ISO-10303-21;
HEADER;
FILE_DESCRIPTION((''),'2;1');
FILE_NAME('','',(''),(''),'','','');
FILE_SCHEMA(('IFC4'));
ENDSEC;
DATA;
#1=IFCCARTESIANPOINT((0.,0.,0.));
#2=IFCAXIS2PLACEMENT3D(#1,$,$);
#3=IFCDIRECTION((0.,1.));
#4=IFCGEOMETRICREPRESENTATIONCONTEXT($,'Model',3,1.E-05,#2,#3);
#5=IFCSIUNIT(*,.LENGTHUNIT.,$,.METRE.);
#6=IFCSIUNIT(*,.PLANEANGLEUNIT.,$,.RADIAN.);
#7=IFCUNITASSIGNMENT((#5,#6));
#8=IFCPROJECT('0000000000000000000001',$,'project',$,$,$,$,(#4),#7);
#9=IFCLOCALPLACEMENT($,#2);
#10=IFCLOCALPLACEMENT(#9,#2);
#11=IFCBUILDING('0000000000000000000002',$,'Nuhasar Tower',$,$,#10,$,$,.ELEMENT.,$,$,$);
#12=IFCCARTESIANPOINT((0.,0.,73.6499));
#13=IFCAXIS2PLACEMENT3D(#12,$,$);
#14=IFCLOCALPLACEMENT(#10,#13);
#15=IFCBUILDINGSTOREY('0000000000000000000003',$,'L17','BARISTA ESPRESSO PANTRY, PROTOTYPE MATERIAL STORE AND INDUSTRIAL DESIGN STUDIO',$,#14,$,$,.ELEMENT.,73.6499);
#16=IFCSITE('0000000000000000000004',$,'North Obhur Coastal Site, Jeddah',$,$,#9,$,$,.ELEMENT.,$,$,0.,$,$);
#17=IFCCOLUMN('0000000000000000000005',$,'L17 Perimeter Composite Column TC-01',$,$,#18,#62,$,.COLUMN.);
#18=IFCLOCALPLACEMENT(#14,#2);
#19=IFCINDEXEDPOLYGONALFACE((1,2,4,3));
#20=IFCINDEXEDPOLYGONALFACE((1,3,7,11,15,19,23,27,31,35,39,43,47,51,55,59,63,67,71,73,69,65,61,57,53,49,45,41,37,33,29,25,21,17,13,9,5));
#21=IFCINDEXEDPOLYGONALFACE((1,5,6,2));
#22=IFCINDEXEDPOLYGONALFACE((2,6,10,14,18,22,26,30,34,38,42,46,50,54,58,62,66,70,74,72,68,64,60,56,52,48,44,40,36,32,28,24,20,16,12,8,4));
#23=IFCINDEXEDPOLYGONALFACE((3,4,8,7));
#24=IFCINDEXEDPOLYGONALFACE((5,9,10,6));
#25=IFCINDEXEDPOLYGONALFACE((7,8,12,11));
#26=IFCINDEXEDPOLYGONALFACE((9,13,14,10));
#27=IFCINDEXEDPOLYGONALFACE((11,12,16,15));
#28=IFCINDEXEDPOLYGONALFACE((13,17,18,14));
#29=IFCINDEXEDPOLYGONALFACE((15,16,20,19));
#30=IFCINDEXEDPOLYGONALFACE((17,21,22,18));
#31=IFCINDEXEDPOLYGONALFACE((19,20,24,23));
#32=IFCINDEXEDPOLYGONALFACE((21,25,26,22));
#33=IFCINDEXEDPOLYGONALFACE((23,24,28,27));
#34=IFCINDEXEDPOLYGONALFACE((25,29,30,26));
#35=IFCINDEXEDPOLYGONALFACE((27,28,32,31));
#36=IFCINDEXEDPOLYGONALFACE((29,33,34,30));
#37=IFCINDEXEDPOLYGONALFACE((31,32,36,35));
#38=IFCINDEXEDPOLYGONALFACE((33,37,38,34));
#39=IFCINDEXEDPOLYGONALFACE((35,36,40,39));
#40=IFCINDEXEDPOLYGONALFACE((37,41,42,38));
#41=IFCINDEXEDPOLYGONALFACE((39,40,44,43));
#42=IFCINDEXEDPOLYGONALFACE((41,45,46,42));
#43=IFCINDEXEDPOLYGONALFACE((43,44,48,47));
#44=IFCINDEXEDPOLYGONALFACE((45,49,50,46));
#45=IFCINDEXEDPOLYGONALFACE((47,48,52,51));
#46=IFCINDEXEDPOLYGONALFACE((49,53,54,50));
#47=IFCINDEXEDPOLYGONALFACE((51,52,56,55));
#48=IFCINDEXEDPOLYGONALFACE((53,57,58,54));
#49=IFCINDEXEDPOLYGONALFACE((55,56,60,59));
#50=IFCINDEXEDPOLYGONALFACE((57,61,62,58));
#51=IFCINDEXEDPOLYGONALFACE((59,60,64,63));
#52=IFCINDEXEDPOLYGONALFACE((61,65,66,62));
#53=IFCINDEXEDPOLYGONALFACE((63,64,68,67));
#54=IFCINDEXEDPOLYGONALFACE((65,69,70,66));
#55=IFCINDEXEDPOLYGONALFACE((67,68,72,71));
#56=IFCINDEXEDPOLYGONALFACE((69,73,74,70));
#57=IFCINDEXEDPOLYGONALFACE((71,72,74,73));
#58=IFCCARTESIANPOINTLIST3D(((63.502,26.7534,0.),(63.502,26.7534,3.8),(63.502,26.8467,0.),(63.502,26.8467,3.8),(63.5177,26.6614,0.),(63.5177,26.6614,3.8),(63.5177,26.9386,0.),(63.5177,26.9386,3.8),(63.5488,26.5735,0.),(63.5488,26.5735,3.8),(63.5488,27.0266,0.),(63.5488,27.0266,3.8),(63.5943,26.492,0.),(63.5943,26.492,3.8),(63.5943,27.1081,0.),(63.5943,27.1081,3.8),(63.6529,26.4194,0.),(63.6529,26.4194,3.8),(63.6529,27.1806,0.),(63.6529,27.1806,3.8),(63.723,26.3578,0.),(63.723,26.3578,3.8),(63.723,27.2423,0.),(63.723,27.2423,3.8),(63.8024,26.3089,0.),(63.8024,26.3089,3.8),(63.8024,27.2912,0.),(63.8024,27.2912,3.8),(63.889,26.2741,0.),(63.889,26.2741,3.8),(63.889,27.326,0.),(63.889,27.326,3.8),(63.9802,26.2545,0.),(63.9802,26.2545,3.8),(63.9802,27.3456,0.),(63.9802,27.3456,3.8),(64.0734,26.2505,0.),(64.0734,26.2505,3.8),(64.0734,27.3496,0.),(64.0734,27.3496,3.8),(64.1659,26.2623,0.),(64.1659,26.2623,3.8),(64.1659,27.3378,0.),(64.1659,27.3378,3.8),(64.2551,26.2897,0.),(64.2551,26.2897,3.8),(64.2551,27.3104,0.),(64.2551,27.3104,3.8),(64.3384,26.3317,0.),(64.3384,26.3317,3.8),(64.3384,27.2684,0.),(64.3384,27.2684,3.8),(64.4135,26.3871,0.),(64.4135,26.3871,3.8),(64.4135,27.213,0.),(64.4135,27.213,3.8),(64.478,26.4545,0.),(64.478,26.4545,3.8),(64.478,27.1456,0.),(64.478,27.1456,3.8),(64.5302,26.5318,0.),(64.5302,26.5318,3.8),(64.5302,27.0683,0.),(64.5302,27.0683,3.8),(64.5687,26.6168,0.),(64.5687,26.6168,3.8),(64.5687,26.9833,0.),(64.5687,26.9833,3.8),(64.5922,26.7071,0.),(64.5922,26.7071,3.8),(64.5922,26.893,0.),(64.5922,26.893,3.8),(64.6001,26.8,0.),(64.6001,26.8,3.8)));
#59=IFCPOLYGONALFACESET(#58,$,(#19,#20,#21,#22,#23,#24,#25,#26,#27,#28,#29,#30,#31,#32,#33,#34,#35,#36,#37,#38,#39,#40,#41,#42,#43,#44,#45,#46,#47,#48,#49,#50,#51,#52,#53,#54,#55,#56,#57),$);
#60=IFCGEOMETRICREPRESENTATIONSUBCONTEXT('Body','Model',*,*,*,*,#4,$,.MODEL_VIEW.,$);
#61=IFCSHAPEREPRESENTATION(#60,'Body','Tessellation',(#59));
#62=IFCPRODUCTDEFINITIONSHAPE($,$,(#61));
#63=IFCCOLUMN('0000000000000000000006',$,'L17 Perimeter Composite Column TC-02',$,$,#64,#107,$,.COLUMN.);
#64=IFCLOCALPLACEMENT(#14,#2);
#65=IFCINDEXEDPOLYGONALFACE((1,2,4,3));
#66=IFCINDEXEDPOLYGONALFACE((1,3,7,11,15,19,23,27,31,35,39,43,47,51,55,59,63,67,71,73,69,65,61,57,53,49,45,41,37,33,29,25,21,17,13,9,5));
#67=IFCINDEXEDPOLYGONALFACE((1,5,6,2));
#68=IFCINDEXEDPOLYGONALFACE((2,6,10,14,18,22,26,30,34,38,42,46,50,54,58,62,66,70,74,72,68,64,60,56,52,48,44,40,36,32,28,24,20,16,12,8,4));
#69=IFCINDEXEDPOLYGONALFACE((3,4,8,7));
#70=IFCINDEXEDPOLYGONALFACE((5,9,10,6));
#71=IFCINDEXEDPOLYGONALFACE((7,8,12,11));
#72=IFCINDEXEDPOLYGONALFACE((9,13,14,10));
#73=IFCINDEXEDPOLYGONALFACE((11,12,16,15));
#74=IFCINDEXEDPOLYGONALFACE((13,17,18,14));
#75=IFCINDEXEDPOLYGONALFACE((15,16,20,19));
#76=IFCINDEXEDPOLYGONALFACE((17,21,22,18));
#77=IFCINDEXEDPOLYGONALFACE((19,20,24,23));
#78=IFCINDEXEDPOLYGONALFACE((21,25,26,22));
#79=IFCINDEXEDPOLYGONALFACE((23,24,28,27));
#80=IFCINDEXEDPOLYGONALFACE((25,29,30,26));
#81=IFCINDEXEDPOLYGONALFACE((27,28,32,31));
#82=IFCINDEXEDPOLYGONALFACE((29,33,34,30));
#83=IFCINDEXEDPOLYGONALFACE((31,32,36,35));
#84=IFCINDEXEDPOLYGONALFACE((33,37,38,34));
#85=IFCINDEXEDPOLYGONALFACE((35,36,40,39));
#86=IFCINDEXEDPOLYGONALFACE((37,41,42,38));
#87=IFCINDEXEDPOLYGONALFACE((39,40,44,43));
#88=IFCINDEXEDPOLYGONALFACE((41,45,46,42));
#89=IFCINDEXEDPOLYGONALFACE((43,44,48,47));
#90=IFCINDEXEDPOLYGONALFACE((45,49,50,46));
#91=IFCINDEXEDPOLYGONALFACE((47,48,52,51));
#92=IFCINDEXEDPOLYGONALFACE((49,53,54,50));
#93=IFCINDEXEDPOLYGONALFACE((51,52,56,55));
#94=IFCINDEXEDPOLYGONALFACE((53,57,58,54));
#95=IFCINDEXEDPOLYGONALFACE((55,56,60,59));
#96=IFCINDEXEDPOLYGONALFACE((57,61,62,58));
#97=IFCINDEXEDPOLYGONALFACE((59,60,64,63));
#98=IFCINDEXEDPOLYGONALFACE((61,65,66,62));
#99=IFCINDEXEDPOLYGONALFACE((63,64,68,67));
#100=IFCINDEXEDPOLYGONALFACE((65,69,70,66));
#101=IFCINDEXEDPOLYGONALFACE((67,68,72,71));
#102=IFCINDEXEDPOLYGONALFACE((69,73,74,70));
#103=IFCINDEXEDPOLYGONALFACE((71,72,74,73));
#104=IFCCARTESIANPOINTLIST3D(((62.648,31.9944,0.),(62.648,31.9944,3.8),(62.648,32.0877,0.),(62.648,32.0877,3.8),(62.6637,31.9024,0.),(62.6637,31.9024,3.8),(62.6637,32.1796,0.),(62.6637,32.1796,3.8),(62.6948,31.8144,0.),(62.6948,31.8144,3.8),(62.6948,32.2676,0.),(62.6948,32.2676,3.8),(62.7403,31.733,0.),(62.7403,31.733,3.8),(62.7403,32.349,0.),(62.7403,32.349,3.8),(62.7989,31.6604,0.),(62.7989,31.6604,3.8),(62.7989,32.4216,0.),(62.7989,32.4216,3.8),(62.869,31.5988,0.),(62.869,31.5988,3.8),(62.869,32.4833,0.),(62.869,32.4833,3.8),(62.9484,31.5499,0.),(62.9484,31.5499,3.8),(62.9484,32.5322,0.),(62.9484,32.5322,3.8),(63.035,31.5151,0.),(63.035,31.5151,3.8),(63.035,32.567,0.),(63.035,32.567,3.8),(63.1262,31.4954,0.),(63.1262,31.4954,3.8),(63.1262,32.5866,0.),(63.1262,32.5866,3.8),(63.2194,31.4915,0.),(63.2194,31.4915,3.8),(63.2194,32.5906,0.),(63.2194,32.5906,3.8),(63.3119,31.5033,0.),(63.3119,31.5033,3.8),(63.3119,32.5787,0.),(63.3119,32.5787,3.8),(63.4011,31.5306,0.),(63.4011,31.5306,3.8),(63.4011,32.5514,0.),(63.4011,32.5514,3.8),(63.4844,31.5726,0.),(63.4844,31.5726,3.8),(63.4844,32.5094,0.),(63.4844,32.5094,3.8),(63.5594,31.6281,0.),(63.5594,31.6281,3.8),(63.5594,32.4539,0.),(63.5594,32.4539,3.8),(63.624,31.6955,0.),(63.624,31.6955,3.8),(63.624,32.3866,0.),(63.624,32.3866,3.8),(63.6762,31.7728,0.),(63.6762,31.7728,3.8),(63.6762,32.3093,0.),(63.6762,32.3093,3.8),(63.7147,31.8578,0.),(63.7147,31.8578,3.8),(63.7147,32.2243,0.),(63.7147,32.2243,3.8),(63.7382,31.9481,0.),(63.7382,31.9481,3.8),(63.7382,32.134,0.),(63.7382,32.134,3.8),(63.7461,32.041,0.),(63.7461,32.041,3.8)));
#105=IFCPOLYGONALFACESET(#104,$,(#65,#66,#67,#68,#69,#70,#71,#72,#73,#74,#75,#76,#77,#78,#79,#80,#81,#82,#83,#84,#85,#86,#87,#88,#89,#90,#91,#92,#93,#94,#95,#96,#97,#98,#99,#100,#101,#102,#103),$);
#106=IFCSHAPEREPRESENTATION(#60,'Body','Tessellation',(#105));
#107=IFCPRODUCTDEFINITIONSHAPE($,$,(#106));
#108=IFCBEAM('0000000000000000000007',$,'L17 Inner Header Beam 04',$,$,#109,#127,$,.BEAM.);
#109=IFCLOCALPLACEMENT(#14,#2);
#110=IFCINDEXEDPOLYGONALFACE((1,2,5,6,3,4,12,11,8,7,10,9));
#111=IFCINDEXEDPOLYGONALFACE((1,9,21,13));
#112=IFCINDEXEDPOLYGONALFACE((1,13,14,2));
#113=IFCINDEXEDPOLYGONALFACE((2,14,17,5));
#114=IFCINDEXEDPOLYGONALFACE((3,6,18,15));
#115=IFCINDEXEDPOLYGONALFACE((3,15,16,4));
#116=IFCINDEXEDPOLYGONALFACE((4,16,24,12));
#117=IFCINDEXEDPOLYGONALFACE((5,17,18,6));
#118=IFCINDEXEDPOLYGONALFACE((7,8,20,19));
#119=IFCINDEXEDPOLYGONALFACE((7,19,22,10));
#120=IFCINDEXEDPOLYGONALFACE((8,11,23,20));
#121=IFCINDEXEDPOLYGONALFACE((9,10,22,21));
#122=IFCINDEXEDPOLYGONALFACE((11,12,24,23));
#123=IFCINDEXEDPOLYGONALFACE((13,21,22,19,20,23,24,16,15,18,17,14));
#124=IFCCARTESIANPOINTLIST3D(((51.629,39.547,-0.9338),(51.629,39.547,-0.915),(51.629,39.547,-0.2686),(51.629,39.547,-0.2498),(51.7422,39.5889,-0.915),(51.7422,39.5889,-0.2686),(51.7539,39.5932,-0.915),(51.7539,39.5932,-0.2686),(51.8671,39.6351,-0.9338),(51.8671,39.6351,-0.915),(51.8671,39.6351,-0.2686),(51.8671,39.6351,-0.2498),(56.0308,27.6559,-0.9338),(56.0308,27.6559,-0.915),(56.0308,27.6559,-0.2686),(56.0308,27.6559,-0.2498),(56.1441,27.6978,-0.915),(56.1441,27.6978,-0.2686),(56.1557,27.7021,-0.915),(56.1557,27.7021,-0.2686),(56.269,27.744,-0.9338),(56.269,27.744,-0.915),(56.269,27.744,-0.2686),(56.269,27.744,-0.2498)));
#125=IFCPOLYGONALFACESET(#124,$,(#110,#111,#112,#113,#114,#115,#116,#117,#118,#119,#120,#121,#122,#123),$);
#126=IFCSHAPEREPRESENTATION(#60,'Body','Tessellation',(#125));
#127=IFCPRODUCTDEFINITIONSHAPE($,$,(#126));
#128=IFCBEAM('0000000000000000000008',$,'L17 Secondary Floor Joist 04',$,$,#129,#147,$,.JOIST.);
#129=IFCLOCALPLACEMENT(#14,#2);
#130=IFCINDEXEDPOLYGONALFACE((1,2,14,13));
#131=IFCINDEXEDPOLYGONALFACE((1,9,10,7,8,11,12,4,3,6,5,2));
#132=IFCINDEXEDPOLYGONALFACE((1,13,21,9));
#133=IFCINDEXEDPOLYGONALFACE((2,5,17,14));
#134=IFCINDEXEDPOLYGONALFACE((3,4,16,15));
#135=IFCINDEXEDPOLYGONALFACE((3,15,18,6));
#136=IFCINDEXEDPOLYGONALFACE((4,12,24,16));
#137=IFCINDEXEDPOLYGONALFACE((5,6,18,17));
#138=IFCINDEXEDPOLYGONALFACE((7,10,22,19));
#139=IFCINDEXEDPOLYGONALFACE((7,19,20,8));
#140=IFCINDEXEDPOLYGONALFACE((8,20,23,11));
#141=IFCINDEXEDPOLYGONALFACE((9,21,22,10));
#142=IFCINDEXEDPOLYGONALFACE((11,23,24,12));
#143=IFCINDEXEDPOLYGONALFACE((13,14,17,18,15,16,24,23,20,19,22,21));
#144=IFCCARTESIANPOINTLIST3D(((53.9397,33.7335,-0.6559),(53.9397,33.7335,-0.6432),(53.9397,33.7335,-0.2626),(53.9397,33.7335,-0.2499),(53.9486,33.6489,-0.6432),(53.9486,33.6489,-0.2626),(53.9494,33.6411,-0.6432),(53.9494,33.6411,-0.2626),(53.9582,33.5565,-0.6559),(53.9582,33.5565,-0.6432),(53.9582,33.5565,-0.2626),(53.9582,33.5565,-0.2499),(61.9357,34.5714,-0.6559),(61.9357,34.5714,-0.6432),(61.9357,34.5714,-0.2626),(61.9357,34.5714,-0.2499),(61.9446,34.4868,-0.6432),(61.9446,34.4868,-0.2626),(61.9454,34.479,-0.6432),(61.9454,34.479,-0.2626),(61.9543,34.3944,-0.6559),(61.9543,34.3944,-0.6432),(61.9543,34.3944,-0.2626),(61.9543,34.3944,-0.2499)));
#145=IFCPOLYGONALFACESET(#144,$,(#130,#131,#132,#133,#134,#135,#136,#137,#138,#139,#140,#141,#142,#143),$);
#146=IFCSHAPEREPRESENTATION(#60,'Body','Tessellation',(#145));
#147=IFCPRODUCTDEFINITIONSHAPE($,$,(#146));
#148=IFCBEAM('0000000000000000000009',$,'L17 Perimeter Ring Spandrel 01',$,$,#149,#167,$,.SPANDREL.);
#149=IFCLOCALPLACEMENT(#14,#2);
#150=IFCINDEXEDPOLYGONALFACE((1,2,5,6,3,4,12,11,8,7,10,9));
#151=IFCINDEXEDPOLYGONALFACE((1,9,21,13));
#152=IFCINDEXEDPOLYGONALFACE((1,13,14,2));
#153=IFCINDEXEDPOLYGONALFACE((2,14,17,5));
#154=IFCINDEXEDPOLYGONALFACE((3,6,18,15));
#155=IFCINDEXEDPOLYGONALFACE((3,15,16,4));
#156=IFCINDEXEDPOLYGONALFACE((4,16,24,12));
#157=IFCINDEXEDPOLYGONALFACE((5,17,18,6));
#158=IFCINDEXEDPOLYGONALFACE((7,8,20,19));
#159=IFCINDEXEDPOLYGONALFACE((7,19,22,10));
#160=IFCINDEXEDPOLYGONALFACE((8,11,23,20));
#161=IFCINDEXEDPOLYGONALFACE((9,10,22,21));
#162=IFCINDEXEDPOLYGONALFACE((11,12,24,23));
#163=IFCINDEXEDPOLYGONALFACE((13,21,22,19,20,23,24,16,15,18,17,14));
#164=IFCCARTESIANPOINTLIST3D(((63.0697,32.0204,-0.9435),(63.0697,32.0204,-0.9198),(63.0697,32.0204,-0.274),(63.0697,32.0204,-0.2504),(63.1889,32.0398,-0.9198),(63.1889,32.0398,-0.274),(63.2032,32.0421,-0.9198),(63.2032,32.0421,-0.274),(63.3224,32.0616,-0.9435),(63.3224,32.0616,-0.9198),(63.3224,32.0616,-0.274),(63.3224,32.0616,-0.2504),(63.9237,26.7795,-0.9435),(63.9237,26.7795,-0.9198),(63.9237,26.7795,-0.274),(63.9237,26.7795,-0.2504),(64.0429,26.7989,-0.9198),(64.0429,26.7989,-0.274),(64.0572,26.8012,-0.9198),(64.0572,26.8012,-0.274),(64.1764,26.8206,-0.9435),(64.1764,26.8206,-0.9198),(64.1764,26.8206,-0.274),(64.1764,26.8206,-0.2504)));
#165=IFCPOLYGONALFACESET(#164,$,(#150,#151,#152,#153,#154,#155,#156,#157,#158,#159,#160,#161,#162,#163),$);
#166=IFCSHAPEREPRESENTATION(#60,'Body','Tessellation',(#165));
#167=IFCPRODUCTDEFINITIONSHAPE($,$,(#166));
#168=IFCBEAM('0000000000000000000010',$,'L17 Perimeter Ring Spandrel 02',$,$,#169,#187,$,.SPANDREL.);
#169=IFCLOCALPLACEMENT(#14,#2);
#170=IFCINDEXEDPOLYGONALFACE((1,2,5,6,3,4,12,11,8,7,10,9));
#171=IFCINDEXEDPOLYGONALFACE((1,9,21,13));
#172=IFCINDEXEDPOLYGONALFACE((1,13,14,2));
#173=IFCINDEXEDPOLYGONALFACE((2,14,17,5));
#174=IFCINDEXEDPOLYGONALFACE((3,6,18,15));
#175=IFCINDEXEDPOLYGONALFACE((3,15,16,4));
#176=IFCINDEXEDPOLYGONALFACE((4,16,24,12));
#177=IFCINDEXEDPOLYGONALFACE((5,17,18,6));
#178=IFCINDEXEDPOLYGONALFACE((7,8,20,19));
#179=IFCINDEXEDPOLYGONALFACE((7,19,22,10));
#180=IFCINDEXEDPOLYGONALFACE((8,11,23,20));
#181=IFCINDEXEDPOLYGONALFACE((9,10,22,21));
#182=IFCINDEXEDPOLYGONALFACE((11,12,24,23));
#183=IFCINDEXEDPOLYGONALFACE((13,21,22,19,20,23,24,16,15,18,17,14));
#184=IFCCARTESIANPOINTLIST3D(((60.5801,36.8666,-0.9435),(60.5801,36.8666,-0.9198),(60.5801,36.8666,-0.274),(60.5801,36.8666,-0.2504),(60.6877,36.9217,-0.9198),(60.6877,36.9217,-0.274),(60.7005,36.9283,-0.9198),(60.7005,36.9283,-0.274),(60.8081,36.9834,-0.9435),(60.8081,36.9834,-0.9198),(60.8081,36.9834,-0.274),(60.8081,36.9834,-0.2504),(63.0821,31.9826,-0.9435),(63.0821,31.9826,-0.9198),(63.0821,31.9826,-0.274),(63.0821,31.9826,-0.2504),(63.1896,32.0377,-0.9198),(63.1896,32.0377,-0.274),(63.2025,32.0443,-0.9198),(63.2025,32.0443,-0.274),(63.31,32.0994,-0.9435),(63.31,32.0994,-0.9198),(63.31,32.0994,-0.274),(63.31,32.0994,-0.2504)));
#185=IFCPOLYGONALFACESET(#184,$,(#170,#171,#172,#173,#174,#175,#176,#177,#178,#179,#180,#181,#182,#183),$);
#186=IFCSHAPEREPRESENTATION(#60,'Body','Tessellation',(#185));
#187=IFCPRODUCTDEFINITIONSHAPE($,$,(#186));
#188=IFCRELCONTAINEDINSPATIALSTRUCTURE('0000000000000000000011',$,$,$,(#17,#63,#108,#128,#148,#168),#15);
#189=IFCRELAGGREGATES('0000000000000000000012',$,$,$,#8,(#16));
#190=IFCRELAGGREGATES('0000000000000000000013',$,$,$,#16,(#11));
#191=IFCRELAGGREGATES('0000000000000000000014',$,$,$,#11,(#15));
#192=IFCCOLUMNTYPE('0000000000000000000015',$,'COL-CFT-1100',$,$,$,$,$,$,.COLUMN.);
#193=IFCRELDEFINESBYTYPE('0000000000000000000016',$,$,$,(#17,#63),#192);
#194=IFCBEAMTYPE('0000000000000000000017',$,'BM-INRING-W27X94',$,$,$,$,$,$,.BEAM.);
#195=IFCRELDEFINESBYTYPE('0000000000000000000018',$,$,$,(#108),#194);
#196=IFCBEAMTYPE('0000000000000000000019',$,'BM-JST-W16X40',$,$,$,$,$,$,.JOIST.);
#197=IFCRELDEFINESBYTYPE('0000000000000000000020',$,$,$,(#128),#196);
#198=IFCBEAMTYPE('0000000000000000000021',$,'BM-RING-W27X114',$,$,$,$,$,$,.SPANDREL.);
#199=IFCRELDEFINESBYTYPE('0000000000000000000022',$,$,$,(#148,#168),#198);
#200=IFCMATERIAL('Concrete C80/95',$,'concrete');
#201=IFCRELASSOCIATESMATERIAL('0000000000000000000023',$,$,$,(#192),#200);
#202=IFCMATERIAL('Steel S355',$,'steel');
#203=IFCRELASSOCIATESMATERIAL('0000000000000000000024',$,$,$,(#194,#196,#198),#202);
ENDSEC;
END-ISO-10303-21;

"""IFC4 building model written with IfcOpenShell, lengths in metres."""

from ifc_helpers import new_model, si_unit, direction, frame, origin, origin_2d, place, context, subcontext, project, spatial, circle, i_section, extrude, material, material_profile, profile_set, type_object, element, save


model = new_model("IFC4")

# Units and contexts
model_context = context("Model", 3, precision=1e-05, world=origin(), true_north=direction((0.0, 1.0)))
body_context = subcontext(model_context, "Body", "Model", "MODEL_VIEW")
ifc_project = project(units=[si_unit("LENGTHUNIT", "METRE"), si_unit("PLANEANGLEUNIT", "RADIAN")], contexts=[model_context])

# Site, building, storey
site_placement = place(None, origin())
site = spatial("IfcSite", under=ifc_project, at=site_placement, Name="North Obhur Coastal Site, Jeddah", CompositionType="ELEMENT", RefElevation=0.0)
building_placement = place(site_placement, origin())
building = spatial("IfcBuilding", under=site, at=building_placement, Name="Nuhasar Tower", CompositionType="ELEMENT")
storey_placement = place(building_placement, frame((0.0, 0.0, 73.6499)))
storey = spatial("IfcBuildingStorey", under=building, at=storey_placement, Name="L17", Description="BARISTA ESPRESSO PANTRY, PROTOTYPE MATERIAL STORE AND INDUSTRIAL DESIGN STUDIO", CompositionType="ELEMENT", Elevation=73.6499)

# Columns
ifc_material_1 = material(Name="Concrete C80/95", Category="concrete")
ifc_material_profile_1 = material_profile(ifc_material_1, circle(Radius=0.55, at=origin_2d()), Name="CFT1100")
ifc_profile_set_1 = profile_set([ifc_material_profile_1], Name="Concrete C80/95")
column_type = type_object("IfcColumnType", Name="COL-CFT-1100", PredefinedType="COLUMN", material=ifc_profile_set_1)
for number, where, z_axis, x_axis, name in (
    (1, (64.05, 26.8, 0.0), (0.0, 0.0, 1.0), (1.0, 0.0, 0.0), "L17 Perimeter Composite Column TC-01"),
    (2, (63.196, 32.041, 0.0), (0.0, 0.0, 1.0), (1.0, 0.0, 0.0), "L17 Perimeter Composite Column TC-02"),
):
    element("IfcColumn", number, at=place(storey_placement, frame(where, z_axis=z_axis, x_axis=x_axis)), inside=storey, type_object=column_type, Name=name, PredefinedType="COLUMN", context=body_context, shape_type="SweptSolid", body=[
        extrude(circle(Radius=0.55, at=origin_2d()), origin(), (0.0, 0.0, 1.0), 3.8),
    ])

# Beams
ifc_material_2 = material(Name="Steel S355", Category="steel")
ifc_material_profile_2 = material_profile(ifc_material_2, i_section(OverallWidth=0.2539, OverallDepth=0.6841, WebThickness=0.0125, FlangeThickness=0.0188, at=origin_2d()), Name="W27X94")
ifc_profile_set_2 = profile_set([ifc_material_profile_2], Name="Steel S355")
beam_type_1 = type_object("IfcBeamType", Name="BM-INRING-W27X94", PredefinedType="BEAM", material=ifc_profile_set_2)
beam_1_placement = place(storey_placement, frame((56.1499, 27.7, -0.5918), z_axis=(-0.347158, 0.937807, 0.0), x_axis=(-0.937807, -0.347158, 0.0)))
element("IfcBeam", 3, at=beam_1_placement, inside=storey, type_object=beam_type_1, Name="L17 Inner Header Beam 04", PredefinedType="BEAM", context=body_context, shape_type="SweptSolid", body=[
    extrude(i_section(OverallWidth=0.2539, OverallDepth=0.6841, WebThickness=0.0125, FlangeThickness=0.0188, at=origin_2d()), origin(), (0.0, 0.0, 1.0), 12.6797),
])
ifc_material_profile_3 = material_profile(ifc_material_2, i_section(OverallWidth=0.178, OverallDepth=0.406, WebThickness=0.0078, FlangeThickness=0.0127, at=origin_2d()), Name="W16X40")
ifc_profile_set_3 = profile_set([ifc_material_profile_3], Name="Steel S355")
beam_type_2 = type_object("IfcBeamType", Name="BM-JST-W16X40", PredefinedType="JOIST", material=ifc_profile_set_3)
beam_2_placement = place(storey_placement, frame((53.949, 33.645, -0.4529), z_axis=(0.994555, 0.104217, 0.0), x_axis=(-0.104217, 0.994555, 0.0)))
element("IfcBeam", 4, at=beam_2_placement, inside=storey, type_object=beam_type_2, Name="L17 Secondary Floor Joist 04", PredefinedType="JOIST", context=body_context, shape_type="SweptSolid", body=[
    extrude(i_section(OverallWidth=0.178, OverallDepth=0.406, WebThickness=0.0078, FlangeThickness=0.0127, at=origin_2d()), origin(), (0.0, 0.0, 1.0), 8.0398),
])
ifc_material_profile_4 = material_profile(ifc_material_2, i_section(OverallWidth=0.2561, OverallDepth=0.6931, WebThickness=0.0144, FlangeThickness=0.0237, at=origin_2d()), Name="W27X114")
ifc_profile_set_4 = profile_set([ifc_material_profile_4], Name="Steel S355")
beam_type_3 = type_object("IfcBeamType", Name="BM-RING-W27X114", PredefinedType="SPANDREL", material=ifc_profile_set_4)
beam_3_placement = place(storey_placement, frame((64.05, 26.8, -0.5969), z_axis=(-0.160827, 0.986983, 0.0), x_axis=(-0.986983, -0.160827, 0.0)))
element("IfcBeam", 5, at=beam_3_placement, inside=storey, type_object=beam_type_3, Name="L17 Perimeter Ring Spandrel 01", PredefinedType="SPANDREL", context=body_context, shape_type="SweptSolid", body=[
    extrude(i_section(OverallWidth=0.2561, OverallDepth=0.6931, WebThickness=0.0144, FlangeThickness=0.0237, at=origin_2d()), origin(), (0.0, 0.0, 1.0), 5.3101),
])
beam_4_placement = place(storey_placement, frame((63.196, 32.041, -0.5969), z_axis=(-0.45593, 0.890016, 0.0), x_axis=(-0.890016, -0.45593, 0.0)))
element("IfcBeam", 6, at=beam_4_placement, inside=storey, type_object=beam_type_3, Name="L17 Perimeter Ring Spandrel 02", PredefinedType="SPANDREL", context=body_context, shape_type="SweptSolid", body=[
    extrude(i_section(OverallWidth=0.2561, OverallDepth=0.6931, WebThickness=0.0144, FlangeThickness=0.0237, at=origin_2d()), origin(), (0.0, 0.0, 1.0), 5.4875),
])

save(model, "model.ifc")
